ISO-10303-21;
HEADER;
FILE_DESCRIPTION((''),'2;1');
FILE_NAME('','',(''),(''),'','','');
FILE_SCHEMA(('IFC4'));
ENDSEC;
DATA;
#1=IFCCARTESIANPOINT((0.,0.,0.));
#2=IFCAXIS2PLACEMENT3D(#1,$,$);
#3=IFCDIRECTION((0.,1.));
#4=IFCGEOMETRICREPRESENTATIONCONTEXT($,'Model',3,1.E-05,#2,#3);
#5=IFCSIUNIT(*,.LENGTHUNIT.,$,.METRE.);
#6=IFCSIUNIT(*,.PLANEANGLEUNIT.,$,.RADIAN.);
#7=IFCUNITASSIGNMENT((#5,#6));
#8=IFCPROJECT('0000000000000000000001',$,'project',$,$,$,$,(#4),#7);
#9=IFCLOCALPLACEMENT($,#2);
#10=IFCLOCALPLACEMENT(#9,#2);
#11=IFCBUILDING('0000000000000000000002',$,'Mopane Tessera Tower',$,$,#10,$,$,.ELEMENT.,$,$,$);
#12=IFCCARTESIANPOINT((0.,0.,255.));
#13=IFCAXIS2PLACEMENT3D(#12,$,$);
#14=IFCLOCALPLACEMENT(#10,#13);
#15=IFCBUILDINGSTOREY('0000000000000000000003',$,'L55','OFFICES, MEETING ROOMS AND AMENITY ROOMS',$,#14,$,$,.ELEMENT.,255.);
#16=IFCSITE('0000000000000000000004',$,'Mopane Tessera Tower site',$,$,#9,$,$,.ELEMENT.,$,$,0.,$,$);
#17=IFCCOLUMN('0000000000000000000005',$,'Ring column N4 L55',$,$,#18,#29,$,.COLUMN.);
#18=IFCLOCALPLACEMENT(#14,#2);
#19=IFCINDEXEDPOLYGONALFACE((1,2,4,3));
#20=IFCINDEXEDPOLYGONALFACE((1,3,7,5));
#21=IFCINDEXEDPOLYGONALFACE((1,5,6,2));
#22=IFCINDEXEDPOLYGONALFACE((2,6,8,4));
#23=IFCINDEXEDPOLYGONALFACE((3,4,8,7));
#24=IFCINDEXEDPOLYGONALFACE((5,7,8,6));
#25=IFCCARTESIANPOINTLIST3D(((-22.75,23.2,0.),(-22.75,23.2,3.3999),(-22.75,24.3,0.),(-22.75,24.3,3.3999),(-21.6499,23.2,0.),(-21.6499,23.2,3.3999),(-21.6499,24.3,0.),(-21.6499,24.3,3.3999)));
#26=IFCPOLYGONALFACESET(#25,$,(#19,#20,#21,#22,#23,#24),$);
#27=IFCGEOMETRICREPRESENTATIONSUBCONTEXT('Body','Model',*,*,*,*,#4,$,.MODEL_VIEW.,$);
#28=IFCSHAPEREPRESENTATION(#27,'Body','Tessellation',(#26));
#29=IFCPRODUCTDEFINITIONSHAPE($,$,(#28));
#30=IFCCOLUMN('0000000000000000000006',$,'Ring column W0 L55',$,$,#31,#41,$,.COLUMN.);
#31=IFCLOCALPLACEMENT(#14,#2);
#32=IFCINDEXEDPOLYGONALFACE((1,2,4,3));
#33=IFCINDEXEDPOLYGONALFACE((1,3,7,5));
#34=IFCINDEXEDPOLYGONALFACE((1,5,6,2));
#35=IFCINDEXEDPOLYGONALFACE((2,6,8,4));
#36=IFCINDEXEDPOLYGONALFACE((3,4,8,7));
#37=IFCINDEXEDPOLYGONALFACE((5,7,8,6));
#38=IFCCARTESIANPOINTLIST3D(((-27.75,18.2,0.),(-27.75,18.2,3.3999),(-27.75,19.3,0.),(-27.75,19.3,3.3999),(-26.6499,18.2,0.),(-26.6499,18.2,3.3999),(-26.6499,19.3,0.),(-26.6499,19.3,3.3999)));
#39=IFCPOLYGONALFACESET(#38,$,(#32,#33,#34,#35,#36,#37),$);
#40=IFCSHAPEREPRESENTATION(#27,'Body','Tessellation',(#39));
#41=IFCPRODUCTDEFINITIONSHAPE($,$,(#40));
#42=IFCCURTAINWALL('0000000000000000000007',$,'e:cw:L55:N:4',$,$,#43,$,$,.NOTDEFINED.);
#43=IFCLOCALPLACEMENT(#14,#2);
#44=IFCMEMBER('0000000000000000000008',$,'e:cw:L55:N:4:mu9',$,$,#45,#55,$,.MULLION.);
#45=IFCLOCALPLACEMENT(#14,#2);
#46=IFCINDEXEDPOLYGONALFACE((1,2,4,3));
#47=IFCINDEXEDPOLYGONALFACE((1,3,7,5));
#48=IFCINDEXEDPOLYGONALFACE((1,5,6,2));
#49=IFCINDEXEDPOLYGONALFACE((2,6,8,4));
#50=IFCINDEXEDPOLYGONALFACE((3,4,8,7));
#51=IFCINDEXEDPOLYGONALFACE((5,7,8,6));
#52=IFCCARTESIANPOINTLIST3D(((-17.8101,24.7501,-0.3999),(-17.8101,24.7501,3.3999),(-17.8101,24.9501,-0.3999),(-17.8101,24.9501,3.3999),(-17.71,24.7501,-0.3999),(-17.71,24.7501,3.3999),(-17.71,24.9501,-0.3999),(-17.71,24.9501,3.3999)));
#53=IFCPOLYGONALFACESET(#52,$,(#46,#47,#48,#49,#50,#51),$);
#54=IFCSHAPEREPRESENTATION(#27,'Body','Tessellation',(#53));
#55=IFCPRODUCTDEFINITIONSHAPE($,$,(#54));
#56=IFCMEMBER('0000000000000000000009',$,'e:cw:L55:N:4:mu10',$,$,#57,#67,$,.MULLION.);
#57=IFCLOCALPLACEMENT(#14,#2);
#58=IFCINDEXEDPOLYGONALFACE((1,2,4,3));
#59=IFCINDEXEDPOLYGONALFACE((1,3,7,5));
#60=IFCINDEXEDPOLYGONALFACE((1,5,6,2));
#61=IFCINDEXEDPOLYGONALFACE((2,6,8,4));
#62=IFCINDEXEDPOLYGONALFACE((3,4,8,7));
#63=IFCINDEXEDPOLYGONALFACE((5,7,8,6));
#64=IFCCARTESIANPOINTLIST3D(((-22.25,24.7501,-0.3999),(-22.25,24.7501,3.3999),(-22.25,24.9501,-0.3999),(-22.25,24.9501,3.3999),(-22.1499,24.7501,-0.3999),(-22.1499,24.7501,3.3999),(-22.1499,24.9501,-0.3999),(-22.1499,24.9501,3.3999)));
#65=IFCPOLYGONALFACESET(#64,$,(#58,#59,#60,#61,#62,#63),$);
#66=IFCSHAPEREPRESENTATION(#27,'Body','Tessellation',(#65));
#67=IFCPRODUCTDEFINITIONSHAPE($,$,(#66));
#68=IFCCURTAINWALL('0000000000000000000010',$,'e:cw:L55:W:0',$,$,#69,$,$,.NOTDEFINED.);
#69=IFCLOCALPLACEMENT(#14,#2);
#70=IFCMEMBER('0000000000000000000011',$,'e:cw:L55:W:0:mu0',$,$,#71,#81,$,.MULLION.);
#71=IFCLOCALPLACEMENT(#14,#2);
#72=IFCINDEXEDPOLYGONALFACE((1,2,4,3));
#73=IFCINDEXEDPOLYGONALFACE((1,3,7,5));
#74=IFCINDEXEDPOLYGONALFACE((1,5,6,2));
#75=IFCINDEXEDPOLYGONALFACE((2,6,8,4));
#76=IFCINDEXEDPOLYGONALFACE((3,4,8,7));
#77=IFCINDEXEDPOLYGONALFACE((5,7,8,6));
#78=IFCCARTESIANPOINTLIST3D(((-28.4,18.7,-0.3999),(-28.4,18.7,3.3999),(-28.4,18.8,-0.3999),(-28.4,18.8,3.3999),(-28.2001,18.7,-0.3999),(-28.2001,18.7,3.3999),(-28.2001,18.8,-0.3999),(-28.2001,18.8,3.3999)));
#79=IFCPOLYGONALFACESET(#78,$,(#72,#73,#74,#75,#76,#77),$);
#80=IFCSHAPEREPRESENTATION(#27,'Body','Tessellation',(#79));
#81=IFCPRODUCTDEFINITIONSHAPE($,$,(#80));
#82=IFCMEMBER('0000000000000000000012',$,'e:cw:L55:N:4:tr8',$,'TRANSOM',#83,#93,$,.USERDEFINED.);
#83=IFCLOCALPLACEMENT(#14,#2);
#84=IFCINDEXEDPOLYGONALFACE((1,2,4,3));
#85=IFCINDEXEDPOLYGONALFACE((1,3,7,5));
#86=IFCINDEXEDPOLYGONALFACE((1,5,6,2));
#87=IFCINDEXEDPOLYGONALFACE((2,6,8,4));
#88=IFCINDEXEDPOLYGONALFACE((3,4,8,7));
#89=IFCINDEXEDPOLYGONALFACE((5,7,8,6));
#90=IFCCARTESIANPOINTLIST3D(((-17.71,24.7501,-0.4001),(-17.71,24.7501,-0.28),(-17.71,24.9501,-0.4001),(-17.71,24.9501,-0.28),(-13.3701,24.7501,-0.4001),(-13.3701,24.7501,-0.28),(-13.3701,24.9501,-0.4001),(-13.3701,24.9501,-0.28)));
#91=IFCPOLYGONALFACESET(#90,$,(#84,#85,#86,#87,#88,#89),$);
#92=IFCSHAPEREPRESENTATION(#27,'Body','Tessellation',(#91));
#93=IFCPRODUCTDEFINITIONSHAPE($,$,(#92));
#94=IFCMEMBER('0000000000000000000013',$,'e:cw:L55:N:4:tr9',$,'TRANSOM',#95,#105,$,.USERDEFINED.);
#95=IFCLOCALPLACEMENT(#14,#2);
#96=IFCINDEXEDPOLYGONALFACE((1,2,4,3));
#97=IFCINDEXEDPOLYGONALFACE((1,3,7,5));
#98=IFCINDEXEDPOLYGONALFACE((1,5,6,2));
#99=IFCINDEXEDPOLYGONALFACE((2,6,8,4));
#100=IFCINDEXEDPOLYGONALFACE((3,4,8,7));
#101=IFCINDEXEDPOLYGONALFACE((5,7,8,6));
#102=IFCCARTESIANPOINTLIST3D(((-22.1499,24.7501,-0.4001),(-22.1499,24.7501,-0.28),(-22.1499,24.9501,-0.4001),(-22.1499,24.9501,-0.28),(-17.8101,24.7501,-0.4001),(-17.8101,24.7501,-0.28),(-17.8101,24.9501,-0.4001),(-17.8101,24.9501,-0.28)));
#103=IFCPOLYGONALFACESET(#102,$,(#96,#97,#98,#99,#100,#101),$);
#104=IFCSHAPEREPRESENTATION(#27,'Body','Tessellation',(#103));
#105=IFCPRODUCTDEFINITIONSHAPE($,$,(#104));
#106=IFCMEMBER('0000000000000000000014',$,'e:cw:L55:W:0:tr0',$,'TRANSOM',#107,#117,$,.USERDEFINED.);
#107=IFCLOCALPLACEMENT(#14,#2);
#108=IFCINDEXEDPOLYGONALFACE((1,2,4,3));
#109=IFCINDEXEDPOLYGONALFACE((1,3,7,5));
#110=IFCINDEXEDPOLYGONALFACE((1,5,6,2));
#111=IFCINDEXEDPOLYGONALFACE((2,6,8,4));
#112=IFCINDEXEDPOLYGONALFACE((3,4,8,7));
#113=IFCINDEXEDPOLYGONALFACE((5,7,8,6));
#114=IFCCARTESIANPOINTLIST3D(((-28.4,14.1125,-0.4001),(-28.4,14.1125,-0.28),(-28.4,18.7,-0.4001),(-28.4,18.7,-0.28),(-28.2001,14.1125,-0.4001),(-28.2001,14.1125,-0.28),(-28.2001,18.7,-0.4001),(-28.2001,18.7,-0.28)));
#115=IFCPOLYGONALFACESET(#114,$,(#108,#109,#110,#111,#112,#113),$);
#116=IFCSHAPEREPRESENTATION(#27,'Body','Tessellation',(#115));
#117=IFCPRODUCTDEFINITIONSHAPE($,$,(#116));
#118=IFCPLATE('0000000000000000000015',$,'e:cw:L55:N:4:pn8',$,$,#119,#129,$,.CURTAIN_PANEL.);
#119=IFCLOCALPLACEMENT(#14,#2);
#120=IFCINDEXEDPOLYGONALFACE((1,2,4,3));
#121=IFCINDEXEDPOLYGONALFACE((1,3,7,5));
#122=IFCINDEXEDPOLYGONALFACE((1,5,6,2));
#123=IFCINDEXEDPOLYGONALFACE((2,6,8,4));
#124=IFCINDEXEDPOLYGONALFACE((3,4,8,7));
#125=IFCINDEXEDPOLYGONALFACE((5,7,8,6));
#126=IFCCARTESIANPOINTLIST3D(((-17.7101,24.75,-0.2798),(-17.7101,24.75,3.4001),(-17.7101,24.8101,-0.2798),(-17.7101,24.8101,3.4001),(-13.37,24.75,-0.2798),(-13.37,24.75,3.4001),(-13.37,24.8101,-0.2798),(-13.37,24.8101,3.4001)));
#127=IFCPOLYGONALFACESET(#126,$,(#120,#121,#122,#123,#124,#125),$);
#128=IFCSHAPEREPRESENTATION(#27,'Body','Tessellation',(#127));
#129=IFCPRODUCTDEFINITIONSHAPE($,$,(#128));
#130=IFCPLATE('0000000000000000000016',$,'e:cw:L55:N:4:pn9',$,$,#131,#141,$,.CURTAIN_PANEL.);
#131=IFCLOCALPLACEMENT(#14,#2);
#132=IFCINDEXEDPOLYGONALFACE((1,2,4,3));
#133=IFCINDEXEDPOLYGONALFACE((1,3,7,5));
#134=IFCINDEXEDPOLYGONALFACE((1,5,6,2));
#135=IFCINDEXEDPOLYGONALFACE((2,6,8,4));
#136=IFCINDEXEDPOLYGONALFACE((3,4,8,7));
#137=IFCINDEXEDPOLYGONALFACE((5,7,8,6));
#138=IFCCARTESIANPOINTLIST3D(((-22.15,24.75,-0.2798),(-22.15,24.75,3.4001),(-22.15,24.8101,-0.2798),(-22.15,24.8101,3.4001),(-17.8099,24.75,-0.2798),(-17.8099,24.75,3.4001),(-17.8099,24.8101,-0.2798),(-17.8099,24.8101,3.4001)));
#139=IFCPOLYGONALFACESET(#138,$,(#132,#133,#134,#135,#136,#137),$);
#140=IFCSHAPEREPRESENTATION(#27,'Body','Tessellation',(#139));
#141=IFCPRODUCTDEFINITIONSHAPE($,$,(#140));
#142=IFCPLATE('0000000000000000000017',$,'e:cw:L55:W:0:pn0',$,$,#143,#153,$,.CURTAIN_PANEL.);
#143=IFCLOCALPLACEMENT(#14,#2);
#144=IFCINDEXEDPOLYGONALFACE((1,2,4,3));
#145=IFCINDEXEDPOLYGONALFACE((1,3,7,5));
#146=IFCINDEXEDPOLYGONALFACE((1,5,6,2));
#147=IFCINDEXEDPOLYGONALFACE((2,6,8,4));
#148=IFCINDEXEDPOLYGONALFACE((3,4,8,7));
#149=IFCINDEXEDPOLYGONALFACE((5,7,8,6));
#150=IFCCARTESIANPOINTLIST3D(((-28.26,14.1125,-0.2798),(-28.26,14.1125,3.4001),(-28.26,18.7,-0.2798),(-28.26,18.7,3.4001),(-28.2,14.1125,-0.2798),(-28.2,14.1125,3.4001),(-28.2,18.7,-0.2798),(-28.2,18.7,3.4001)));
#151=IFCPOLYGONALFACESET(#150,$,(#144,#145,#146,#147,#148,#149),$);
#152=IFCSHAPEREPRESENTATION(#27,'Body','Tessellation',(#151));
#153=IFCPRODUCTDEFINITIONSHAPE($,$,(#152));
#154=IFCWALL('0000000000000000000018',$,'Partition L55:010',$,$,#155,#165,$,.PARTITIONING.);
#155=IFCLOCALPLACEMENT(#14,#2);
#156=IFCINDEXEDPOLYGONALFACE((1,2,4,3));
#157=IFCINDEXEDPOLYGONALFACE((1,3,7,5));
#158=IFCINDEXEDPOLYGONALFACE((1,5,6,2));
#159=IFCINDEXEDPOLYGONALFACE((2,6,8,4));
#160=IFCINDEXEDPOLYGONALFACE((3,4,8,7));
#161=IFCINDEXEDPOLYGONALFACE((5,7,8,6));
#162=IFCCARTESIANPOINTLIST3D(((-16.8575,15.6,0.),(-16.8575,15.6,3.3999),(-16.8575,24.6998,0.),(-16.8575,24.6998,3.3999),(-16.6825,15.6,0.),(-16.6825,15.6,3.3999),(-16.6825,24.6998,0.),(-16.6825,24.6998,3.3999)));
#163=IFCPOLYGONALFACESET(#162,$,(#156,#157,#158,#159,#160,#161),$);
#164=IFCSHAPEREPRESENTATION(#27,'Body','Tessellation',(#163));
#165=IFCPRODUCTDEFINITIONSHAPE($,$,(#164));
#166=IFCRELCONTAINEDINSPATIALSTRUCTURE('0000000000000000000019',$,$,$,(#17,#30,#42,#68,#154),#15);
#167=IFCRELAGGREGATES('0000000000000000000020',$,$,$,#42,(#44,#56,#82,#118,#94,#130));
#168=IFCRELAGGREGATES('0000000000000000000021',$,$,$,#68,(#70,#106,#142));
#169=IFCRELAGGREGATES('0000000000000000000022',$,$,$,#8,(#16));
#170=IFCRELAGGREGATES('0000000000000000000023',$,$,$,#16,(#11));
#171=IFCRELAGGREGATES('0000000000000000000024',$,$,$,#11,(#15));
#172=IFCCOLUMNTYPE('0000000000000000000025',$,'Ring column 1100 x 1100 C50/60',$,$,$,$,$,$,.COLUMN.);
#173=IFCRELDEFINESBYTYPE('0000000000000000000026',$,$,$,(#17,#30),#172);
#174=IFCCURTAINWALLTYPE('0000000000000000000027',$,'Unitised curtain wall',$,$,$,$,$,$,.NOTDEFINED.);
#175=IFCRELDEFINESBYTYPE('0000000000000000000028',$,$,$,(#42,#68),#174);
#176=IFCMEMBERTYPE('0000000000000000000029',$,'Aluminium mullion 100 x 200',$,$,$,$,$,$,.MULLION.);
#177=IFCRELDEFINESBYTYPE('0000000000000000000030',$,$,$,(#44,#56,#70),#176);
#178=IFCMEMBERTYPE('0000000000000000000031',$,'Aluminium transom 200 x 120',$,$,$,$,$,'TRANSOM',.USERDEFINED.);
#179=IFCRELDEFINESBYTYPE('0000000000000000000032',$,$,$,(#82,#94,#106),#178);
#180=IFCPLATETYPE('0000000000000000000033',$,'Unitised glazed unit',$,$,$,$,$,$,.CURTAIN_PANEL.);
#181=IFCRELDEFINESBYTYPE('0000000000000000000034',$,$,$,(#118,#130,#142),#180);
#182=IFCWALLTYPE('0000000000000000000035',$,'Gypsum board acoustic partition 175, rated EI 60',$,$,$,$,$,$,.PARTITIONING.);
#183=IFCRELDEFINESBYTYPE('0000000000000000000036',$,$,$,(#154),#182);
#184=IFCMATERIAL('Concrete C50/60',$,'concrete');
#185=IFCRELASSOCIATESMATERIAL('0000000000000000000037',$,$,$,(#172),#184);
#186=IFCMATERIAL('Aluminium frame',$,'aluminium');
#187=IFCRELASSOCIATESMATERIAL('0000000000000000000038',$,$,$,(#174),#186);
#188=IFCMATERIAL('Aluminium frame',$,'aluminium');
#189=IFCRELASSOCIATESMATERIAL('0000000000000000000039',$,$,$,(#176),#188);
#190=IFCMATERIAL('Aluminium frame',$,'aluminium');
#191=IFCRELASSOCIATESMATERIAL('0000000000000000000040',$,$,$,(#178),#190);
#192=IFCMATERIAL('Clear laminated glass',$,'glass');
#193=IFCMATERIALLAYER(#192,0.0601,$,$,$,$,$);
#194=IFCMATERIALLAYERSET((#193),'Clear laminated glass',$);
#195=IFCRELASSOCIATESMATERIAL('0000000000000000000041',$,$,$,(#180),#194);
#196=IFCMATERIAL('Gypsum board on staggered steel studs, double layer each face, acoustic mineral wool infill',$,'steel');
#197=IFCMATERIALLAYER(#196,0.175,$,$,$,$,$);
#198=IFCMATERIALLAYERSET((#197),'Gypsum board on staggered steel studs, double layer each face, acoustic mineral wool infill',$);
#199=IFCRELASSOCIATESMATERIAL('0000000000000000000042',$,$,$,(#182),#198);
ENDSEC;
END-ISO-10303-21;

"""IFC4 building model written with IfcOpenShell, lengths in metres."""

from ifc_helpers import new_model, si_unit, direction, frame, frame_2d, origin, origin_2d, place, context, subcontext, project, spatial, rectangle, extrude, material, layer, layer_set, material_profile, profile_set, type_object, element, aggregate, save


model = new_model("IFC4")

# Units and contexts
model_context = context("Model", 3, precision=1e-05, world=origin(), true_north=direction((0.0, 1.0)))
body_context = subcontext(model_context, "Body", "Model", "MODEL_VIEW")
ifc_project = project(units=[si_unit("LENGTHUNIT", "METRE"), si_unit("PLANEANGLEUNIT", "RADIAN")], contexts=[model_context])

# Site, building, storey
site_placement = place(None, origin())
site = spatial("IfcSite", under=ifc_project, at=site_placement, Name="Mopane Tessera Tower site", CompositionType="ELEMENT", RefElevation=0.0)
building_placement = place(site_placement, origin())
building = spatial("IfcBuilding", under=site, at=building_placement, Name="Mopane Tessera Tower", CompositionType="ELEMENT")
storey_placement = place(building_placement, frame((0.0, 0.0, 255.0)))
storey = spatial("IfcBuildingStorey", under=building, at=storey_placement, Name="L55", Description="OFFICES, MEETING ROOMS AND AMENITY ROOMS", CompositionType="ELEMENT", Elevation=255.0)

# Columns
ifc_material_1 = material(Name="Concrete C50/60", Category="concrete")
ifc_material_profile_1 = material_profile(ifc_material_1, rectangle(XDim=1.1001, YDim=1.1001, at=origin_2d()))
ifc_profile_set_1 = profile_set([ifc_material_profile_1], Name="Concrete C50/60")
column_type = type_object("IfcColumnType", Name="Ring column 1100 x 1100 C50/60", PredefinedType="COLUMN", material=ifc_profile_set_1)
for number, where, z_axis, x_axis, name in (
    (1, (-22.2, 23.75, 0.0), (0.0, 0.0, 1.0), (1.0, 0.0, 0.0), "Ring column N4 L55"),
    (2, (-27.2, 18.75, 0.0), (0.0, 0.0, 1.0), (1.0, 0.0, 0.0), "Ring column W0 L55"),
):
    element("IfcColumn", number, at=place(storey_placement, frame(where, z_axis=z_axis, x_axis=x_axis)), inside=storey, type_object=column_type, Name=name, PredefinedType="COLUMN", context=body_context, shape_type="SweptSolid", body=[
        extrude(rectangle(XDim=1.1001, YDim=1.1001, at=origin_2d()), origin(), (0.0, 0.0, 1.0), 3.3999),
    ])

# Curtain wall, members
ifc_material_2 = material(Name="Aluminium frame", Category="aluminium")
curtain_wall_type = type_object("IfcCurtainWallType", Name="Unitised curtain wall", PredefinedType="NOTDEFINED", material=ifc_material_2)
curtain_wall_1_placement = place(storey_placement, origin())
curtain_wall_1 = element("IfcCurtainWall", 3, at=curtain_wall_1_placement, inside=storey, type_object=curtain_wall_type, Name="e:cw:L55:N:4", PredefinedType="NOTDEFINED")
ifc_material_3 = material(Name="Aluminium frame", Category="aluminium")
ifc_material_profile_2 = material_profile(ifc_material_3, rectangle(XDim=0.1001, YDim=0.2, at=origin_2d()))
ifc_profile_set_2 = profile_set([ifc_material_profile_2], Name="Aluminium frame")
member_type_1 = type_object("IfcMemberType", Name="Aluminium mullion 100 x 200", PredefinedType="MULLION", material=ifc_profile_set_2)
member_1_placement = place(storey_placement, frame((-17.76, 24.8501, -0.3999), z_axis=(0.0, 0.0, 1.0), x_axis=(-1.0, 0.0, 0.0)))
member_1 = element("IfcMember", 4, at=member_1_placement, type_object=member_type_1, Name="e:cw:L55:N:4:mu9", PredefinedType="MULLION", context=body_context, shape_type="SweptSolid", body=[
    extrude(rectangle(XDim=0.1001, YDim=0.2, at=origin_2d()), origin(), (0.0, 0.0, 1.0), 3.7998),
])
member_2_placement = place(storey_placement, frame((-22.2, 24.8501, -0.3999), z_axis=(0.0, 0.0, 1.0), x_axis=(-1.0, 0.0, 0.0)))
member_2 = element("IfcMember", 5, at=member_2_placement, type_object=member_type_1, Name="e:cw:L55:N:4:mu10", PredefinedType="MULLION", context=body_context, shape_type="SweptSolid", body=[
    extrude(rectangle(XDim=0.1001, YDim=0.2, at=origin_2d()), origin(), (0.0, 0.0, 1.0), 3.7998),
])

# Curtain wall, member
curtain_wall_2_placement = place(storey_placement, origin())
curtain_wall_2 = element("IfcCurtainWall", 6, at=curtain_wall_2_placement, inside=storey, type_object=curtain_wall_type, Name="e:cw:L55:W:0", PredefinedType="NOTDEFINED")
member_3_placement = place(storey_placement, frame((-28.3, 18.75, -0.3999), z_axis=(0.0, 0.0, 1.0), x_axis=(0.0, -1.0, 0.0)))
member_3 = element("IfcMember", 7, at=member_3_placement, type_object=member_type_1, Name="e:cw:L55:W:0:mu0", PredefinedType="MULLION", context=body_context, shape_type="SweptSolid", body=[
    extrude(rectangle(XDim=0.1001, YDim=0.2, at=origin_2d()), origin(), (0.0, 0.0, 1.0), 3.7998),
])

# Members
ifc_material_4 = material(Name="Aluminium frame", Category="aluminium")
ifc_material_profile_3 = material_profile(ifc_material_4, rectangle(XDim=0.2, YDim=0.1201, at=origin_2d()))
ifc_profile_set_3 = profile_set([ifc_material_profile_3], Name="Aluminium frame")
member_type_2 = type_object("IfcMemberType", Name="Aluminium transom 200 x 120", ElementType="TRANSOM", PredefinedType="USERDEFINED", material=ifc_profile_set_3)
member_4_placement = place(storey_placement, frame((-13.3701, 24.8501, -0.3401), z_axis=(-1.0, 0.0, 0.0), x_axis=(0.0, -1.0, 0.0)))
member_4 = element("IfcMember", 8, at=member_4_placement, type_object=member_type_2, Name="e:cw:L55:N:4:tr8", ObjectType="TRANSOM", PredefinedType="USERDEFINED", context=body_context, shape_type="SweptSolid", body=[
    extrude(rectangle(XDim=0.2, YDim=0.1201, at=origin_2d()), origin(), (0.0, 0.0, 1.0), 4.3398),
])
member_5_placement = place(storey_placement, frame((-17.8101, 24.8501, -0.3401), z_axis=(-1.0, 0.0, 0.0), x_axis=(0.0, -1.0, 0.0)))
member_5 = element("IfcMember", 9, at=member_5_placement, type_object=member_type_2, Name="e:cw:L55:N:4:tr9", ObjectType="TRANSOM", PredefinedType="USERDEFINED", context=body_context, shape_type="SweptSolid", body=[
    extrude(rectangle(XDim=0.2, YDim=0.1201, at=origin_2d()), origin(), (0.0, 0.0, 1.0), 4.3398),
])
member_6_placement = place(storey_placement, frame((-28.3, 18.7, -0.3401), z_axis=(0.0, -1.0, 0.0), x_axis=(1.0, 0.0, 0.0)))
member_6 = element("IfcMember", 10, at=member_6_placement, type_object=member_type_2, Name="e:cw:L55:W:0:tr0", ObjectType="TRANSOM", PredefinedType="USERDEFINED", context=body_context, shape_type="SweptSolid", body=[
    extrude(rectangle(XDim=0.2, YDim=0.1201, at=origin_2d()), origin(), (0.0, 0.0, 1.0), 4.5874),
])

# Plates
ifc_material_5 = material(Name="Clear laminated glass", Category="glass")
ifc_layer_1 = layer(ifc_material_5, 0.0601)
ifc_layer_set_1 = layer_set([ifc_layer_1], Name="Clear laminated glass")
plate_type = type_object("IfcPlateType", Name="Unitised glazed unit", PredefinedType="CURTAIN_PANEL", material=ifc_layer_set_1)
plate_1_placement = place(storey_placement, frame((-15.54, 24.78, -0.2798), z_axis=(0.0, 0.0, 1.0), x_axis=(-1.0, 0.0, 0.0)))
plate_1 = element("IfcPlate", 11, at=plate_1_placement, type_object=plate_type, Name="e:cw:L55:N:4:pn8", PredefinedType="CURTAIN_PANEL", context=body_context, shape_type="SweptSolid", body=[
    extrude(rectangle(XDim=4.3401, YDim=0.0601, at=origin_2d()), origin(), (0.0, 0.0, 1.0), 3.6799),
])
plate_2_placement = place(storey_placement, frame((-19.98, 24.78, -0.2798), z_axis=(0.0, 0.0, 1.0), x_axis=(-1.0, 0.0, 0.0)))
plate_2 = element("IfcPlate", 12, at=plate_2_placement, type_object=plate_type, Name="e:cw:L55:N:4:pn9", PredefinedType="CURTAIN_PANEL", context=body_context, shape_type="SweptSolid", body=[
    extrude(rectangle(XDim=4.3401, YDim=0.0601, at=origin_2d()), origin(), (0.0, 0.0, 1.0), 3.6799),
])
aggregate(curtain_wall_1, [member_1, member_2, member_4, plate_1, member_5, plate_2])
plate_3_placement = place(storey_placement, frame((-28.23, 16.4062, -0.2798), z_axis=(0.0, 0.0, 1.0), x_axis=(0.0, -1.0, 0.0)))
plate_3 = element("IfcPlate", 13, at=plate_3_placement, type_object=plate_type, Name="e:cw:L55:W:0:pn0", PredefinedType="CURTAIN_PANEL", context=body_context, shape_type="SweptSolid", body=[
    extrude(rectangle(XDim=4.5874, YDim=0.0601, at=origin_2d()), origin(), (0.0, 0.0, 1.0), 3.6799),
])
aggregate(curtain_wall_2, [member_3, member_6, plate_3])

# Wall
ifc_material_6 = material(Name="Gypsum board on staggered steel studs, double layer each face, acoustic mineral wool infill", Category="steel")
ifc_layer_2 = layer(ifc_material_6, 0.175)
ifc_layer_set_2 = layer_set([ifc_layer_2], Name="Gypsum board on staggered steel studs, double layer each face, acoustic mineral wool infill")
wall_type_1 = type_object("IfcWallType", Name="Gypsum board acoustic partition 175, rated EI 60", PredefinedType="PARTITIONING", material=ifc_layer_set_2)
wall_1_placement = place(storey_placement, frame((-16.77, 15.6001, 0.0), z_axis=(0.0, 0.0, 1.0), x_axis=(0.0, 1.0, 0.0)))
element("IfcWall", 14, at=wall_1_placement, inside=storey, type_object=wall_type_1, Name="Partition L55:010", PredefinedType="PARTITIONING", context=body_context, shape_type="SweptSolid", body=[
    extrude(rectangle(XDim=9.0999, YDim=0.175, at=frame_2d((4.5498, 0.0))), origin(), (0.0, 0.0, 1.0), 3.3999),
])

save(model, "model.ifc")
